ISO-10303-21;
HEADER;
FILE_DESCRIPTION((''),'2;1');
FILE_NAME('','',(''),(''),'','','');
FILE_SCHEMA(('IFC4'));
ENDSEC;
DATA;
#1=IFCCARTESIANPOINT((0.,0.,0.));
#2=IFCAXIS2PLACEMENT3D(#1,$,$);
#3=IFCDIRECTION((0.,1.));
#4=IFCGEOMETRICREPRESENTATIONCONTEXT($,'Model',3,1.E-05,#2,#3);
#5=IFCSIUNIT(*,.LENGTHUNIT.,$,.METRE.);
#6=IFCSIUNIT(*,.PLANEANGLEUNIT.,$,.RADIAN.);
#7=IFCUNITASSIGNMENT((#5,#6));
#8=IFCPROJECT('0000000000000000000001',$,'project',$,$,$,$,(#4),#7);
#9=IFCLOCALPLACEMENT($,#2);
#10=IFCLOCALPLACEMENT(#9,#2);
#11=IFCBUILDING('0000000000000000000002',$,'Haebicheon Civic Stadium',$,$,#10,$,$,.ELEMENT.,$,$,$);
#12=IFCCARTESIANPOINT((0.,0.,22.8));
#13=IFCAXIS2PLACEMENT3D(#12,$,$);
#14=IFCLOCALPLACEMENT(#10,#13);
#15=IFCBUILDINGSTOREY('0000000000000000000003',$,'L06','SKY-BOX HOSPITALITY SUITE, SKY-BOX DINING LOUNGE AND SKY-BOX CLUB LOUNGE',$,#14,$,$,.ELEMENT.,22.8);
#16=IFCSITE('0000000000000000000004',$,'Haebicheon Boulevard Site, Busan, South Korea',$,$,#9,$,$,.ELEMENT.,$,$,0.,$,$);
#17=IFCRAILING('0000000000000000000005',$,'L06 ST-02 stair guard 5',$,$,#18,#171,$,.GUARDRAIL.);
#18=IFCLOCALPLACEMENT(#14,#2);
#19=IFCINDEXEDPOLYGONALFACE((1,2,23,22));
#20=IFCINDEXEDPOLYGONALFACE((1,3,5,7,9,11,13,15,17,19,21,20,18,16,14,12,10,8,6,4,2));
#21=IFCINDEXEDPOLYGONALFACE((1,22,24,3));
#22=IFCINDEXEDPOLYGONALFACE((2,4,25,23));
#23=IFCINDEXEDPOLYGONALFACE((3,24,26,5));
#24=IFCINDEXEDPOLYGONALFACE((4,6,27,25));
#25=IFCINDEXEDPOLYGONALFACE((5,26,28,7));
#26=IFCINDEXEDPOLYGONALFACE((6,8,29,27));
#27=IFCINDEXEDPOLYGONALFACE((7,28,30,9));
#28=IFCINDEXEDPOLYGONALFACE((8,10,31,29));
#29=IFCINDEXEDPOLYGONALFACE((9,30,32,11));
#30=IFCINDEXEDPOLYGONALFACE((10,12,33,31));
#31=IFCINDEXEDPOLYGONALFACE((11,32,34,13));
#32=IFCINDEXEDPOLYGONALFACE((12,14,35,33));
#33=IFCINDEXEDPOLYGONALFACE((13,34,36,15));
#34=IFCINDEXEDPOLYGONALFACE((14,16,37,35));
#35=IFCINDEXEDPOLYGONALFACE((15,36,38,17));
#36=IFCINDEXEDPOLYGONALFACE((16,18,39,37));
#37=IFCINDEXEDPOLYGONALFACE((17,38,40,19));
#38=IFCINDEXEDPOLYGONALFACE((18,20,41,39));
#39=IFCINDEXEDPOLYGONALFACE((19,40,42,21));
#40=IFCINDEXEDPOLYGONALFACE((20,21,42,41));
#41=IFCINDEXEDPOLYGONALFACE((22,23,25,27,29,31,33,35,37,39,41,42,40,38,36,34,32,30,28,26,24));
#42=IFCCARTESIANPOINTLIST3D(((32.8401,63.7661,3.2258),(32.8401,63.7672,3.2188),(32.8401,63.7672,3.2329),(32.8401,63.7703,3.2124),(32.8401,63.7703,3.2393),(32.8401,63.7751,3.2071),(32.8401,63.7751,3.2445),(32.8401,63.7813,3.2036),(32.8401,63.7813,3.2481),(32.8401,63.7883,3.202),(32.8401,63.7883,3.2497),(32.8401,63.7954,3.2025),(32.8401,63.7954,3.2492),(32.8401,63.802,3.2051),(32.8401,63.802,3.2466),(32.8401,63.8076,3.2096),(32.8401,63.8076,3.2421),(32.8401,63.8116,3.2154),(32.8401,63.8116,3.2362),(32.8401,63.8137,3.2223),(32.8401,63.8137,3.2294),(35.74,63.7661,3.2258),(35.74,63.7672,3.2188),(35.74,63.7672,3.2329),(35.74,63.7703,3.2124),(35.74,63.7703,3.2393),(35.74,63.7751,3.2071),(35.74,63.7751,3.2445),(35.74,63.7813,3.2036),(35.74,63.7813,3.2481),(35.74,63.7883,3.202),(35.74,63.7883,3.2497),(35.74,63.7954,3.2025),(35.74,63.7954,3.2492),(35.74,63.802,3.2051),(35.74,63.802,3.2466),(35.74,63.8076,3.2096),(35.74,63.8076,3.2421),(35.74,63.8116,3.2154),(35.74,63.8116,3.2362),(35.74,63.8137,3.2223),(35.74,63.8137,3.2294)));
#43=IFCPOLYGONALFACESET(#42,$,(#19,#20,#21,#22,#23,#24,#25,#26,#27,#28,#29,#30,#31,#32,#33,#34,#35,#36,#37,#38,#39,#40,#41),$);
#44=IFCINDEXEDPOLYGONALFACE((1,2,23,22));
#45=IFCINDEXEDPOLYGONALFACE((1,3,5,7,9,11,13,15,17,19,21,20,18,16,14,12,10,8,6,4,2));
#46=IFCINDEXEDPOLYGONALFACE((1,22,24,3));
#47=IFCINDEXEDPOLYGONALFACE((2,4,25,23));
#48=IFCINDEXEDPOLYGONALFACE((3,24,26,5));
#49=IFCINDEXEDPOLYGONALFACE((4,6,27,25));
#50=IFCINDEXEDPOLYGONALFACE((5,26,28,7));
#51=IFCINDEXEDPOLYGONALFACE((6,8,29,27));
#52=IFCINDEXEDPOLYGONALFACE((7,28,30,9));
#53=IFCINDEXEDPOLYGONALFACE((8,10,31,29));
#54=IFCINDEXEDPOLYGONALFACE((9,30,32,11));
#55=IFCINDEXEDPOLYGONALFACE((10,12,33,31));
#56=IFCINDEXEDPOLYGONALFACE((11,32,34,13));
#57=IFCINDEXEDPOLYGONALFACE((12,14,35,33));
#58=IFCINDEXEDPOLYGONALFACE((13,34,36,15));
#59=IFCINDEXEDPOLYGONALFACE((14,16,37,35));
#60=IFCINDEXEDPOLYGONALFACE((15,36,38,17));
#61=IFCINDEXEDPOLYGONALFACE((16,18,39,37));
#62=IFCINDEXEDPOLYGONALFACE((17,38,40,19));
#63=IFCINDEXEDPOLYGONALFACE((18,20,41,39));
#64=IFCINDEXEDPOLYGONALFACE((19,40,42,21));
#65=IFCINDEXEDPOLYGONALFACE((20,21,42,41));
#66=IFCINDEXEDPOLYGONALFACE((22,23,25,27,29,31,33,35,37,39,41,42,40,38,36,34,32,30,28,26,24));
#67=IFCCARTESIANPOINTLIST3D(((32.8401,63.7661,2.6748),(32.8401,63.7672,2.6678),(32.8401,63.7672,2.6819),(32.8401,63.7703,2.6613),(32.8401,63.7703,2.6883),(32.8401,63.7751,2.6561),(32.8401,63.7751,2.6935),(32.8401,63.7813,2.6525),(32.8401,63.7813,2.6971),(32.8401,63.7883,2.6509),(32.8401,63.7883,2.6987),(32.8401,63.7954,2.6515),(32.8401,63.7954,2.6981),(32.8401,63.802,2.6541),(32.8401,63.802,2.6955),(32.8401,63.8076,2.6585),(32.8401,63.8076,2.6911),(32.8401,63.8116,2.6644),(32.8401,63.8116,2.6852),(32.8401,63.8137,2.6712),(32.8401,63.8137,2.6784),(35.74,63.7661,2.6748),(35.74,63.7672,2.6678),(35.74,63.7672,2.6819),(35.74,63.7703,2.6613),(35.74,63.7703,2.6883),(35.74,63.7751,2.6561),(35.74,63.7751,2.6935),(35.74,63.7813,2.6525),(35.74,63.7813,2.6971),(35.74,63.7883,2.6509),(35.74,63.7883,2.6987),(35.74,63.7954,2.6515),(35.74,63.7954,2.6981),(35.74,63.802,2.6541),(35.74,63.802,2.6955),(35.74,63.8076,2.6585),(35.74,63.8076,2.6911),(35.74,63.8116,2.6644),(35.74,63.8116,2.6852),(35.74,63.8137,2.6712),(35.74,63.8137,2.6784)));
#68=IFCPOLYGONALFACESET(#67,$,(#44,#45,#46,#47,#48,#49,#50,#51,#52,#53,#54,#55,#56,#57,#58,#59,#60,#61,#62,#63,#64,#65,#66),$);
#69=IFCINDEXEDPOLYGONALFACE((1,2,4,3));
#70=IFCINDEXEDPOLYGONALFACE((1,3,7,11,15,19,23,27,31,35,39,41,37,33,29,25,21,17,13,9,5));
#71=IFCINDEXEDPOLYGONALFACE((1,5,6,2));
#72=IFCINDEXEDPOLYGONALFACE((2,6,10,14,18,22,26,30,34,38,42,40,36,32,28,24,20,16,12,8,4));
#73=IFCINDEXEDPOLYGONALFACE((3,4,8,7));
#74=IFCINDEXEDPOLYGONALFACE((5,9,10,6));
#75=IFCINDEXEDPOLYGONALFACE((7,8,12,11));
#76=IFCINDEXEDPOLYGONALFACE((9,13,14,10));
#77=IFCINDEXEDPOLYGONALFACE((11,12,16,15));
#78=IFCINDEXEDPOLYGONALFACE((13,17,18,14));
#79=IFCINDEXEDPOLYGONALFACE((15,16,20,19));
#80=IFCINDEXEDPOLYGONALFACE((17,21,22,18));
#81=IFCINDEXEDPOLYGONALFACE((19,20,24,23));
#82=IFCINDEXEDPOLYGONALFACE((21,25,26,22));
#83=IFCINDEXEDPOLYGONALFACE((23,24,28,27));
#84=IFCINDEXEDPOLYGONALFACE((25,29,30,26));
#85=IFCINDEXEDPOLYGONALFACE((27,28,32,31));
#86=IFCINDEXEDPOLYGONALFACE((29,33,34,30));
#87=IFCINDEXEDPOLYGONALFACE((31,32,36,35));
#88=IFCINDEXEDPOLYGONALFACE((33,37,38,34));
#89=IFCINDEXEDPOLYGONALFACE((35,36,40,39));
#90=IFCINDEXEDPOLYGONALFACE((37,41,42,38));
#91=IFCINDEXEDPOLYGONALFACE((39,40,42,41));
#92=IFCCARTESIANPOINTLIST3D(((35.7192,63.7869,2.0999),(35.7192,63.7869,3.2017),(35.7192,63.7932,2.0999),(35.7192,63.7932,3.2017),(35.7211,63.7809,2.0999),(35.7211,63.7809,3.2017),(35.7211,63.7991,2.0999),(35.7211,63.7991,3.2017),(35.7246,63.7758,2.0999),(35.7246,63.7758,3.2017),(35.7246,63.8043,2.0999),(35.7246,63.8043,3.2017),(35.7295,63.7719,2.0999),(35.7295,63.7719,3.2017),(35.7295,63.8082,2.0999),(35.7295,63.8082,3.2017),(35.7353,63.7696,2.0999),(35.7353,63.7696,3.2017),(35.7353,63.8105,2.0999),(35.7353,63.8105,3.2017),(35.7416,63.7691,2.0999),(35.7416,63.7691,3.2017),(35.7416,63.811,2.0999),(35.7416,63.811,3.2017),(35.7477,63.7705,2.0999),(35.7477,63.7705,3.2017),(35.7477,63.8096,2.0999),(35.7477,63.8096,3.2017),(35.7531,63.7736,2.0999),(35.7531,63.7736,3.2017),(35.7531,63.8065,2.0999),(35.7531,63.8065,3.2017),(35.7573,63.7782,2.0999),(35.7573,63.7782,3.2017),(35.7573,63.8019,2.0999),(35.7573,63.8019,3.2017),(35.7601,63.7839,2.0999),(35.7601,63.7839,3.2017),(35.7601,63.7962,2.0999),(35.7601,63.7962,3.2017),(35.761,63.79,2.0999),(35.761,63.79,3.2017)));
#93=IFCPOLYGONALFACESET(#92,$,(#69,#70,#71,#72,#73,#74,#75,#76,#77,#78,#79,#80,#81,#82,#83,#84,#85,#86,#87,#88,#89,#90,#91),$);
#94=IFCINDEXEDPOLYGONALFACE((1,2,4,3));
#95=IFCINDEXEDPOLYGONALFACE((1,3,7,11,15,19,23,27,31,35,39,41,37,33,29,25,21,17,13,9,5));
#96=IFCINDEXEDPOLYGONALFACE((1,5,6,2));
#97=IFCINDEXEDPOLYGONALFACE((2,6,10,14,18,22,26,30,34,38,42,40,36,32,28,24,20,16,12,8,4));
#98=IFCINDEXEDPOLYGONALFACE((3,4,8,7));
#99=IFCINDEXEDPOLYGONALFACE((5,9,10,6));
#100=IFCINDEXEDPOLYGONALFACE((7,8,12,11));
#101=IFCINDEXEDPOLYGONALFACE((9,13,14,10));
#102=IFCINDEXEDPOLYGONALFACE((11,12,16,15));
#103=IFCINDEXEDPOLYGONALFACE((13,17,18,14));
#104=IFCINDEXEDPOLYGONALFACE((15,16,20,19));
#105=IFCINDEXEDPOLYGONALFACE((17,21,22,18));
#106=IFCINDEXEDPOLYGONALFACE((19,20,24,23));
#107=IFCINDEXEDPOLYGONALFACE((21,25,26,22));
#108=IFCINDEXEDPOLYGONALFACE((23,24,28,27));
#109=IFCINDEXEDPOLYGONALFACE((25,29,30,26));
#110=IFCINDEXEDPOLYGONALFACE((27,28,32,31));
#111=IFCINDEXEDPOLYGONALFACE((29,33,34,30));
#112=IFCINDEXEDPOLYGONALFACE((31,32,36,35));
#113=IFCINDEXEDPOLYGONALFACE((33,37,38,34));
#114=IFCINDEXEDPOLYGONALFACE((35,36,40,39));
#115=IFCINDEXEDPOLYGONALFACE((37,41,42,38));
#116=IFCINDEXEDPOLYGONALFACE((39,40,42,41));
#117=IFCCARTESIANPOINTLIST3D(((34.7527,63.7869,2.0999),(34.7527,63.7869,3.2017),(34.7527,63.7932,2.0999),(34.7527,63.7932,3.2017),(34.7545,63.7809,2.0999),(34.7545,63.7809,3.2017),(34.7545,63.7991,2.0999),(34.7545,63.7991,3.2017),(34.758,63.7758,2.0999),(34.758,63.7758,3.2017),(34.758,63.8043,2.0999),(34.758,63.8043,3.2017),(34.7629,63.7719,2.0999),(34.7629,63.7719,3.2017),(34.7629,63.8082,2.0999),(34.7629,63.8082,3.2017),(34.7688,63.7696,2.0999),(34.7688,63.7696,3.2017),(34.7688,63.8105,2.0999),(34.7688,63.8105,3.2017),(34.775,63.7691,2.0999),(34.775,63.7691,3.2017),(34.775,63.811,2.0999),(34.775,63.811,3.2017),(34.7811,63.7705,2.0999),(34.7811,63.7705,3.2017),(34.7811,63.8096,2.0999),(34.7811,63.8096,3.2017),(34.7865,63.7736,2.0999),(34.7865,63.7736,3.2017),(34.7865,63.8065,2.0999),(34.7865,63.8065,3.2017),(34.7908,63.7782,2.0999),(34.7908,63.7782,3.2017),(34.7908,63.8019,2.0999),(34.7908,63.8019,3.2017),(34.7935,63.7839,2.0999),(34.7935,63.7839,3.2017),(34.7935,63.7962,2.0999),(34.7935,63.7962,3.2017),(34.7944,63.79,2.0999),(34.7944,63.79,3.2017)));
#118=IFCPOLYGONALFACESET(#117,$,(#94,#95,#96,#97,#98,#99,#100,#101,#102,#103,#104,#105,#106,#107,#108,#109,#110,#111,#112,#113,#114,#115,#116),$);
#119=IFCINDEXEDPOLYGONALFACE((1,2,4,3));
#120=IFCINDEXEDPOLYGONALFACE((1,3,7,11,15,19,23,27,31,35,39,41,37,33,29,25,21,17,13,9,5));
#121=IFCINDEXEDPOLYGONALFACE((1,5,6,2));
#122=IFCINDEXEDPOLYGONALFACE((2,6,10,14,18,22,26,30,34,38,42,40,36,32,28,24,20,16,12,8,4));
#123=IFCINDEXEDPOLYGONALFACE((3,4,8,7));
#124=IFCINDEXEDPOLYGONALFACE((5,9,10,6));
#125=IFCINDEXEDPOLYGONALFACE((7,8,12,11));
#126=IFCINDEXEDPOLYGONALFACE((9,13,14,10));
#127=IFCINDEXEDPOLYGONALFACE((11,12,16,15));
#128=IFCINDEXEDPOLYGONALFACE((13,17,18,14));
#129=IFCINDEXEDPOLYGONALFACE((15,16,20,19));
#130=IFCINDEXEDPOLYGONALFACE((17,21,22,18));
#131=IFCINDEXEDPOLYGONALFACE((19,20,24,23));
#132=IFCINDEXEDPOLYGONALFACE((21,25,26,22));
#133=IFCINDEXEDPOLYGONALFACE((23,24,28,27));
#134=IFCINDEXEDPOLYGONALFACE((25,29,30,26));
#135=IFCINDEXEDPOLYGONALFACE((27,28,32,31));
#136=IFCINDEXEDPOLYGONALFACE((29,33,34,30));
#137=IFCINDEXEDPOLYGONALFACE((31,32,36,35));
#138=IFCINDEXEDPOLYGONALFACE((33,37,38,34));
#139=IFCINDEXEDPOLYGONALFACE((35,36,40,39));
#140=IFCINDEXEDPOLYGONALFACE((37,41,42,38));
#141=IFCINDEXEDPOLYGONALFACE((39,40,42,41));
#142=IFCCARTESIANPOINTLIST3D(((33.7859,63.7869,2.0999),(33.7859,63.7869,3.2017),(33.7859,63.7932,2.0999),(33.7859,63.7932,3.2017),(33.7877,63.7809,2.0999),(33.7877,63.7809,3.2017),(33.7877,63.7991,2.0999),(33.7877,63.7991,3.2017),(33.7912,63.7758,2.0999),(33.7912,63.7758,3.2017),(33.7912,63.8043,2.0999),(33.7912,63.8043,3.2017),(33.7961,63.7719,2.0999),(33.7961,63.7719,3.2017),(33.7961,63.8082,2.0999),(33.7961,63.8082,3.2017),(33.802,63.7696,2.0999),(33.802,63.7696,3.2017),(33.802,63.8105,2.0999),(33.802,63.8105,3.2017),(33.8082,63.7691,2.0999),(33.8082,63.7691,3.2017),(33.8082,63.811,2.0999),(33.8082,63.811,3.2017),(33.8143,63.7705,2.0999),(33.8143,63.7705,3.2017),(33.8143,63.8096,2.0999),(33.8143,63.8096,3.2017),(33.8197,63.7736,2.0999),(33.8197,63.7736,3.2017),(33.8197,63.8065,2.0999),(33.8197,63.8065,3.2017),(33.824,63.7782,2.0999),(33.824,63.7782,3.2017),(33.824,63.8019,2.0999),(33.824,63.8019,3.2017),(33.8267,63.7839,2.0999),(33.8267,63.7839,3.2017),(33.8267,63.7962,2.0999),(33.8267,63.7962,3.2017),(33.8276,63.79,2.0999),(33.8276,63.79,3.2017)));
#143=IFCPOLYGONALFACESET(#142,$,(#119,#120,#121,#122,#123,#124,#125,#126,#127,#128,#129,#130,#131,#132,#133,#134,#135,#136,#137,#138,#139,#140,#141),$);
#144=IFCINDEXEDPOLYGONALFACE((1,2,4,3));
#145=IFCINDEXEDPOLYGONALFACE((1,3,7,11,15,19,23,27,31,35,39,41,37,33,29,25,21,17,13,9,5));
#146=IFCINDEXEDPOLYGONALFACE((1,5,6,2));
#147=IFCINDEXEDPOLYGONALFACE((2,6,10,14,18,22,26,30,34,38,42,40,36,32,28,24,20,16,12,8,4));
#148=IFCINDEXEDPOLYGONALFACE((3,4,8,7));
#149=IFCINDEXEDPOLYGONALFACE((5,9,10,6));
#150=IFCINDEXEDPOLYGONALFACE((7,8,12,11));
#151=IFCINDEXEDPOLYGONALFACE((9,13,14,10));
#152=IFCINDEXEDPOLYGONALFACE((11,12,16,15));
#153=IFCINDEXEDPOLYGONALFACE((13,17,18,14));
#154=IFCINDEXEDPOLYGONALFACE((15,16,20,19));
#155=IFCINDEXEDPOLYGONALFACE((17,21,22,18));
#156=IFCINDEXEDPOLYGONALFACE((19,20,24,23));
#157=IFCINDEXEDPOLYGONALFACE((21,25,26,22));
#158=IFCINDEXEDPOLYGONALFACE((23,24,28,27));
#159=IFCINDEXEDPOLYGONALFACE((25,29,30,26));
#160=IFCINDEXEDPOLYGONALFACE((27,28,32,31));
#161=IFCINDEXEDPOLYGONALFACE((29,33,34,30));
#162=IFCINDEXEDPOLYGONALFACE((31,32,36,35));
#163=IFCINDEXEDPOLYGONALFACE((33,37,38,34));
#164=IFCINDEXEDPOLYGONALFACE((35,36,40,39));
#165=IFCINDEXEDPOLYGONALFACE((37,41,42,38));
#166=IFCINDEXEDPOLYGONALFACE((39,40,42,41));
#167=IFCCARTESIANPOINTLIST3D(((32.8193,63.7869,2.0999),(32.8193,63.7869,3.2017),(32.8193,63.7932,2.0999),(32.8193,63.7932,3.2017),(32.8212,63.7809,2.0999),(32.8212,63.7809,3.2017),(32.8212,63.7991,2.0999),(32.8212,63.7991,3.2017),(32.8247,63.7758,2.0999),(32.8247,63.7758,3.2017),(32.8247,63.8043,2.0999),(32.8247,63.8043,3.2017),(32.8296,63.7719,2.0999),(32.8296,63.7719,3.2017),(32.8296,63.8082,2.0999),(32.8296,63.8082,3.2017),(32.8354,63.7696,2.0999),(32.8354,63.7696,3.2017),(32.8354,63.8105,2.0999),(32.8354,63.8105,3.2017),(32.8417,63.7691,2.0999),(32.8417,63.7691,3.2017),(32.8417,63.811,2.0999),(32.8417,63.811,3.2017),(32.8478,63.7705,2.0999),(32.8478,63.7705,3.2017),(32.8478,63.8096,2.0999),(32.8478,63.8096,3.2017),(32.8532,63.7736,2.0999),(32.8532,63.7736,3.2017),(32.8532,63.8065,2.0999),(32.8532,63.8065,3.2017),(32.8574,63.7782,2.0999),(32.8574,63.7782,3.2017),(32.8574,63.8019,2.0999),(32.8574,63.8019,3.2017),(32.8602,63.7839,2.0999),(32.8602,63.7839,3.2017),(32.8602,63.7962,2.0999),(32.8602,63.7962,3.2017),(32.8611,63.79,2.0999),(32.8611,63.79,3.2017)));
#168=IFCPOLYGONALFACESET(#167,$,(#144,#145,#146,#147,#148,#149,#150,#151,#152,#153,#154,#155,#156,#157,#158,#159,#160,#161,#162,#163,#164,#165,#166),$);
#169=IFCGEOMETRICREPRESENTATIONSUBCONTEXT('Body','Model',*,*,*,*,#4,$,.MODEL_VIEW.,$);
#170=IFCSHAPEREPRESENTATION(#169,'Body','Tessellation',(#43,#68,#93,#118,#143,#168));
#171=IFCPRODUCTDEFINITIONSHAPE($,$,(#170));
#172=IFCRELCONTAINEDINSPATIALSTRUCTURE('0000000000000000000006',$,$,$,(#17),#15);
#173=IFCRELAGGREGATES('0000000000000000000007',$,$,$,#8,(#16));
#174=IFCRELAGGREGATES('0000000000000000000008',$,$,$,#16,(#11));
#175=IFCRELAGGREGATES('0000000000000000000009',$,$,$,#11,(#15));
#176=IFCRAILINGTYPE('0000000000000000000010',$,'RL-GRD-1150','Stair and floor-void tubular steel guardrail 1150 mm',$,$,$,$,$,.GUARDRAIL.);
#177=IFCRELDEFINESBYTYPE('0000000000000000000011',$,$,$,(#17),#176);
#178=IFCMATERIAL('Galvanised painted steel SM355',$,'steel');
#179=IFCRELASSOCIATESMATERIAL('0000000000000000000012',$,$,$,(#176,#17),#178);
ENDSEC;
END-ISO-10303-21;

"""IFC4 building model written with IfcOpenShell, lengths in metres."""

from ifc_helpers import new_model, si_unit, direction, frame, origin, origin_2d, place, context, subcontext, project, spatial, circle, extrude, material, type_object, element, save


model = new_model("IFC4")

# Units and contexts
model_context = context("Model", 3, precision=1e-05, world=origin(), true_north=direction((0.0, 1.0)))
body_context = subcontext(model_context, "Body", "Model", "MODEL_VIEW")
ifc_project = project(units=[si_unit("LENGTHUNIT", "METRE"), si_unit("PLANEANGLEUNIT", "RADIAN")], contexts=[model_context])

# Site, building, storey
site_placement = place(None, origin())
site = spatial("IfcSite", under=ifc_project, at=site_placement, Name="Haebicheon Boulevard Site, Busan, South Korea", CompositionType="ELEMENT", RefElevation=0.0)
building_placement = place(site_placement, origin())
building = spatial("IfcBuilding", under=site, at=building_placement, Name="Haebicheon Civic Stadium", CompositionType="ELEMENT")
storey_placement = place(building_placement, frame((0.0, 0.0, 22.8)))
storey = spatial("IfcBuildingStorey", under=building, at=storey_placement, Name="L06", Description="SKY-BOX HOSPITALITY SUITE, SKY-BOX DINING LOUNGE AND SKY-BOX CLUB LOUNGE", CompositionType="ELEMENT", Elevation=22.8)

# Railing
ifc_material_1 = material(Name="Galvanised painted steel SM355", Category="steel")
railing_type_1 = type_object("IfcRailingType", Name="RL-GRD-1150", Description="Stair and floor-void tubular steel guardrail 1150 mm", PredefinedType="GUARDRAIL", material=ifc_material_1)
railing_1_placement = place(storey_placement, frame((35.74, 63.79, 2.0999)))
element("IfcRailing", 1, at=railing_1_placement, inside=storey, type_object=railing_type_1, material=ifc_material_1, Name="L06 ST-02 stair guard 5", PredefinedType="GUARDRAIL", context=body_context, shape_type="SweptSolid", body=[
    extrude(circle(Radius=0.0239, at=origin_2d()), frame((0.0, 0.0, 1.126), z_axis=(-1.0, 0.0, 0.0), x_axis=(0.0, -1.0, 0.0)), (0.0, 0.0, 1.0), 2.8999),
    extrude(circle(Radius=0.0239, at=origin_2d()), frame((0.0, 0.0, 0.575), z_axis=(-1.0, 0.0, 0.0), x_axis=(0.0, -1.0, 0.0)), (0.0, 0.0, 1.0), 2.8999),
    extrude(circle(Radius=0.021, at=origin_2d()), origin(), (0.0, 0.0, 1.0), 1.1018),
    extrude(circle(Radius=0.021, at=origin_2d()), frame((-0.9666, 0.0, 0.0)), (0.0, 0.0, 1.0), 1.1018),
    extrude(circle(Radius=0.021, at=origin_2d()), frame((-1.9333, 0.0, 0.0)), (0.0, 0.0, 1.0), 1.1018),
    extrude(circle(Radius=0.021, at=origin_2d()), frame((-2.8999, 0.0, 0.0)), (0.0, 0.0, 1.0), 1.1018),
])

save(model, "model.ifc")
